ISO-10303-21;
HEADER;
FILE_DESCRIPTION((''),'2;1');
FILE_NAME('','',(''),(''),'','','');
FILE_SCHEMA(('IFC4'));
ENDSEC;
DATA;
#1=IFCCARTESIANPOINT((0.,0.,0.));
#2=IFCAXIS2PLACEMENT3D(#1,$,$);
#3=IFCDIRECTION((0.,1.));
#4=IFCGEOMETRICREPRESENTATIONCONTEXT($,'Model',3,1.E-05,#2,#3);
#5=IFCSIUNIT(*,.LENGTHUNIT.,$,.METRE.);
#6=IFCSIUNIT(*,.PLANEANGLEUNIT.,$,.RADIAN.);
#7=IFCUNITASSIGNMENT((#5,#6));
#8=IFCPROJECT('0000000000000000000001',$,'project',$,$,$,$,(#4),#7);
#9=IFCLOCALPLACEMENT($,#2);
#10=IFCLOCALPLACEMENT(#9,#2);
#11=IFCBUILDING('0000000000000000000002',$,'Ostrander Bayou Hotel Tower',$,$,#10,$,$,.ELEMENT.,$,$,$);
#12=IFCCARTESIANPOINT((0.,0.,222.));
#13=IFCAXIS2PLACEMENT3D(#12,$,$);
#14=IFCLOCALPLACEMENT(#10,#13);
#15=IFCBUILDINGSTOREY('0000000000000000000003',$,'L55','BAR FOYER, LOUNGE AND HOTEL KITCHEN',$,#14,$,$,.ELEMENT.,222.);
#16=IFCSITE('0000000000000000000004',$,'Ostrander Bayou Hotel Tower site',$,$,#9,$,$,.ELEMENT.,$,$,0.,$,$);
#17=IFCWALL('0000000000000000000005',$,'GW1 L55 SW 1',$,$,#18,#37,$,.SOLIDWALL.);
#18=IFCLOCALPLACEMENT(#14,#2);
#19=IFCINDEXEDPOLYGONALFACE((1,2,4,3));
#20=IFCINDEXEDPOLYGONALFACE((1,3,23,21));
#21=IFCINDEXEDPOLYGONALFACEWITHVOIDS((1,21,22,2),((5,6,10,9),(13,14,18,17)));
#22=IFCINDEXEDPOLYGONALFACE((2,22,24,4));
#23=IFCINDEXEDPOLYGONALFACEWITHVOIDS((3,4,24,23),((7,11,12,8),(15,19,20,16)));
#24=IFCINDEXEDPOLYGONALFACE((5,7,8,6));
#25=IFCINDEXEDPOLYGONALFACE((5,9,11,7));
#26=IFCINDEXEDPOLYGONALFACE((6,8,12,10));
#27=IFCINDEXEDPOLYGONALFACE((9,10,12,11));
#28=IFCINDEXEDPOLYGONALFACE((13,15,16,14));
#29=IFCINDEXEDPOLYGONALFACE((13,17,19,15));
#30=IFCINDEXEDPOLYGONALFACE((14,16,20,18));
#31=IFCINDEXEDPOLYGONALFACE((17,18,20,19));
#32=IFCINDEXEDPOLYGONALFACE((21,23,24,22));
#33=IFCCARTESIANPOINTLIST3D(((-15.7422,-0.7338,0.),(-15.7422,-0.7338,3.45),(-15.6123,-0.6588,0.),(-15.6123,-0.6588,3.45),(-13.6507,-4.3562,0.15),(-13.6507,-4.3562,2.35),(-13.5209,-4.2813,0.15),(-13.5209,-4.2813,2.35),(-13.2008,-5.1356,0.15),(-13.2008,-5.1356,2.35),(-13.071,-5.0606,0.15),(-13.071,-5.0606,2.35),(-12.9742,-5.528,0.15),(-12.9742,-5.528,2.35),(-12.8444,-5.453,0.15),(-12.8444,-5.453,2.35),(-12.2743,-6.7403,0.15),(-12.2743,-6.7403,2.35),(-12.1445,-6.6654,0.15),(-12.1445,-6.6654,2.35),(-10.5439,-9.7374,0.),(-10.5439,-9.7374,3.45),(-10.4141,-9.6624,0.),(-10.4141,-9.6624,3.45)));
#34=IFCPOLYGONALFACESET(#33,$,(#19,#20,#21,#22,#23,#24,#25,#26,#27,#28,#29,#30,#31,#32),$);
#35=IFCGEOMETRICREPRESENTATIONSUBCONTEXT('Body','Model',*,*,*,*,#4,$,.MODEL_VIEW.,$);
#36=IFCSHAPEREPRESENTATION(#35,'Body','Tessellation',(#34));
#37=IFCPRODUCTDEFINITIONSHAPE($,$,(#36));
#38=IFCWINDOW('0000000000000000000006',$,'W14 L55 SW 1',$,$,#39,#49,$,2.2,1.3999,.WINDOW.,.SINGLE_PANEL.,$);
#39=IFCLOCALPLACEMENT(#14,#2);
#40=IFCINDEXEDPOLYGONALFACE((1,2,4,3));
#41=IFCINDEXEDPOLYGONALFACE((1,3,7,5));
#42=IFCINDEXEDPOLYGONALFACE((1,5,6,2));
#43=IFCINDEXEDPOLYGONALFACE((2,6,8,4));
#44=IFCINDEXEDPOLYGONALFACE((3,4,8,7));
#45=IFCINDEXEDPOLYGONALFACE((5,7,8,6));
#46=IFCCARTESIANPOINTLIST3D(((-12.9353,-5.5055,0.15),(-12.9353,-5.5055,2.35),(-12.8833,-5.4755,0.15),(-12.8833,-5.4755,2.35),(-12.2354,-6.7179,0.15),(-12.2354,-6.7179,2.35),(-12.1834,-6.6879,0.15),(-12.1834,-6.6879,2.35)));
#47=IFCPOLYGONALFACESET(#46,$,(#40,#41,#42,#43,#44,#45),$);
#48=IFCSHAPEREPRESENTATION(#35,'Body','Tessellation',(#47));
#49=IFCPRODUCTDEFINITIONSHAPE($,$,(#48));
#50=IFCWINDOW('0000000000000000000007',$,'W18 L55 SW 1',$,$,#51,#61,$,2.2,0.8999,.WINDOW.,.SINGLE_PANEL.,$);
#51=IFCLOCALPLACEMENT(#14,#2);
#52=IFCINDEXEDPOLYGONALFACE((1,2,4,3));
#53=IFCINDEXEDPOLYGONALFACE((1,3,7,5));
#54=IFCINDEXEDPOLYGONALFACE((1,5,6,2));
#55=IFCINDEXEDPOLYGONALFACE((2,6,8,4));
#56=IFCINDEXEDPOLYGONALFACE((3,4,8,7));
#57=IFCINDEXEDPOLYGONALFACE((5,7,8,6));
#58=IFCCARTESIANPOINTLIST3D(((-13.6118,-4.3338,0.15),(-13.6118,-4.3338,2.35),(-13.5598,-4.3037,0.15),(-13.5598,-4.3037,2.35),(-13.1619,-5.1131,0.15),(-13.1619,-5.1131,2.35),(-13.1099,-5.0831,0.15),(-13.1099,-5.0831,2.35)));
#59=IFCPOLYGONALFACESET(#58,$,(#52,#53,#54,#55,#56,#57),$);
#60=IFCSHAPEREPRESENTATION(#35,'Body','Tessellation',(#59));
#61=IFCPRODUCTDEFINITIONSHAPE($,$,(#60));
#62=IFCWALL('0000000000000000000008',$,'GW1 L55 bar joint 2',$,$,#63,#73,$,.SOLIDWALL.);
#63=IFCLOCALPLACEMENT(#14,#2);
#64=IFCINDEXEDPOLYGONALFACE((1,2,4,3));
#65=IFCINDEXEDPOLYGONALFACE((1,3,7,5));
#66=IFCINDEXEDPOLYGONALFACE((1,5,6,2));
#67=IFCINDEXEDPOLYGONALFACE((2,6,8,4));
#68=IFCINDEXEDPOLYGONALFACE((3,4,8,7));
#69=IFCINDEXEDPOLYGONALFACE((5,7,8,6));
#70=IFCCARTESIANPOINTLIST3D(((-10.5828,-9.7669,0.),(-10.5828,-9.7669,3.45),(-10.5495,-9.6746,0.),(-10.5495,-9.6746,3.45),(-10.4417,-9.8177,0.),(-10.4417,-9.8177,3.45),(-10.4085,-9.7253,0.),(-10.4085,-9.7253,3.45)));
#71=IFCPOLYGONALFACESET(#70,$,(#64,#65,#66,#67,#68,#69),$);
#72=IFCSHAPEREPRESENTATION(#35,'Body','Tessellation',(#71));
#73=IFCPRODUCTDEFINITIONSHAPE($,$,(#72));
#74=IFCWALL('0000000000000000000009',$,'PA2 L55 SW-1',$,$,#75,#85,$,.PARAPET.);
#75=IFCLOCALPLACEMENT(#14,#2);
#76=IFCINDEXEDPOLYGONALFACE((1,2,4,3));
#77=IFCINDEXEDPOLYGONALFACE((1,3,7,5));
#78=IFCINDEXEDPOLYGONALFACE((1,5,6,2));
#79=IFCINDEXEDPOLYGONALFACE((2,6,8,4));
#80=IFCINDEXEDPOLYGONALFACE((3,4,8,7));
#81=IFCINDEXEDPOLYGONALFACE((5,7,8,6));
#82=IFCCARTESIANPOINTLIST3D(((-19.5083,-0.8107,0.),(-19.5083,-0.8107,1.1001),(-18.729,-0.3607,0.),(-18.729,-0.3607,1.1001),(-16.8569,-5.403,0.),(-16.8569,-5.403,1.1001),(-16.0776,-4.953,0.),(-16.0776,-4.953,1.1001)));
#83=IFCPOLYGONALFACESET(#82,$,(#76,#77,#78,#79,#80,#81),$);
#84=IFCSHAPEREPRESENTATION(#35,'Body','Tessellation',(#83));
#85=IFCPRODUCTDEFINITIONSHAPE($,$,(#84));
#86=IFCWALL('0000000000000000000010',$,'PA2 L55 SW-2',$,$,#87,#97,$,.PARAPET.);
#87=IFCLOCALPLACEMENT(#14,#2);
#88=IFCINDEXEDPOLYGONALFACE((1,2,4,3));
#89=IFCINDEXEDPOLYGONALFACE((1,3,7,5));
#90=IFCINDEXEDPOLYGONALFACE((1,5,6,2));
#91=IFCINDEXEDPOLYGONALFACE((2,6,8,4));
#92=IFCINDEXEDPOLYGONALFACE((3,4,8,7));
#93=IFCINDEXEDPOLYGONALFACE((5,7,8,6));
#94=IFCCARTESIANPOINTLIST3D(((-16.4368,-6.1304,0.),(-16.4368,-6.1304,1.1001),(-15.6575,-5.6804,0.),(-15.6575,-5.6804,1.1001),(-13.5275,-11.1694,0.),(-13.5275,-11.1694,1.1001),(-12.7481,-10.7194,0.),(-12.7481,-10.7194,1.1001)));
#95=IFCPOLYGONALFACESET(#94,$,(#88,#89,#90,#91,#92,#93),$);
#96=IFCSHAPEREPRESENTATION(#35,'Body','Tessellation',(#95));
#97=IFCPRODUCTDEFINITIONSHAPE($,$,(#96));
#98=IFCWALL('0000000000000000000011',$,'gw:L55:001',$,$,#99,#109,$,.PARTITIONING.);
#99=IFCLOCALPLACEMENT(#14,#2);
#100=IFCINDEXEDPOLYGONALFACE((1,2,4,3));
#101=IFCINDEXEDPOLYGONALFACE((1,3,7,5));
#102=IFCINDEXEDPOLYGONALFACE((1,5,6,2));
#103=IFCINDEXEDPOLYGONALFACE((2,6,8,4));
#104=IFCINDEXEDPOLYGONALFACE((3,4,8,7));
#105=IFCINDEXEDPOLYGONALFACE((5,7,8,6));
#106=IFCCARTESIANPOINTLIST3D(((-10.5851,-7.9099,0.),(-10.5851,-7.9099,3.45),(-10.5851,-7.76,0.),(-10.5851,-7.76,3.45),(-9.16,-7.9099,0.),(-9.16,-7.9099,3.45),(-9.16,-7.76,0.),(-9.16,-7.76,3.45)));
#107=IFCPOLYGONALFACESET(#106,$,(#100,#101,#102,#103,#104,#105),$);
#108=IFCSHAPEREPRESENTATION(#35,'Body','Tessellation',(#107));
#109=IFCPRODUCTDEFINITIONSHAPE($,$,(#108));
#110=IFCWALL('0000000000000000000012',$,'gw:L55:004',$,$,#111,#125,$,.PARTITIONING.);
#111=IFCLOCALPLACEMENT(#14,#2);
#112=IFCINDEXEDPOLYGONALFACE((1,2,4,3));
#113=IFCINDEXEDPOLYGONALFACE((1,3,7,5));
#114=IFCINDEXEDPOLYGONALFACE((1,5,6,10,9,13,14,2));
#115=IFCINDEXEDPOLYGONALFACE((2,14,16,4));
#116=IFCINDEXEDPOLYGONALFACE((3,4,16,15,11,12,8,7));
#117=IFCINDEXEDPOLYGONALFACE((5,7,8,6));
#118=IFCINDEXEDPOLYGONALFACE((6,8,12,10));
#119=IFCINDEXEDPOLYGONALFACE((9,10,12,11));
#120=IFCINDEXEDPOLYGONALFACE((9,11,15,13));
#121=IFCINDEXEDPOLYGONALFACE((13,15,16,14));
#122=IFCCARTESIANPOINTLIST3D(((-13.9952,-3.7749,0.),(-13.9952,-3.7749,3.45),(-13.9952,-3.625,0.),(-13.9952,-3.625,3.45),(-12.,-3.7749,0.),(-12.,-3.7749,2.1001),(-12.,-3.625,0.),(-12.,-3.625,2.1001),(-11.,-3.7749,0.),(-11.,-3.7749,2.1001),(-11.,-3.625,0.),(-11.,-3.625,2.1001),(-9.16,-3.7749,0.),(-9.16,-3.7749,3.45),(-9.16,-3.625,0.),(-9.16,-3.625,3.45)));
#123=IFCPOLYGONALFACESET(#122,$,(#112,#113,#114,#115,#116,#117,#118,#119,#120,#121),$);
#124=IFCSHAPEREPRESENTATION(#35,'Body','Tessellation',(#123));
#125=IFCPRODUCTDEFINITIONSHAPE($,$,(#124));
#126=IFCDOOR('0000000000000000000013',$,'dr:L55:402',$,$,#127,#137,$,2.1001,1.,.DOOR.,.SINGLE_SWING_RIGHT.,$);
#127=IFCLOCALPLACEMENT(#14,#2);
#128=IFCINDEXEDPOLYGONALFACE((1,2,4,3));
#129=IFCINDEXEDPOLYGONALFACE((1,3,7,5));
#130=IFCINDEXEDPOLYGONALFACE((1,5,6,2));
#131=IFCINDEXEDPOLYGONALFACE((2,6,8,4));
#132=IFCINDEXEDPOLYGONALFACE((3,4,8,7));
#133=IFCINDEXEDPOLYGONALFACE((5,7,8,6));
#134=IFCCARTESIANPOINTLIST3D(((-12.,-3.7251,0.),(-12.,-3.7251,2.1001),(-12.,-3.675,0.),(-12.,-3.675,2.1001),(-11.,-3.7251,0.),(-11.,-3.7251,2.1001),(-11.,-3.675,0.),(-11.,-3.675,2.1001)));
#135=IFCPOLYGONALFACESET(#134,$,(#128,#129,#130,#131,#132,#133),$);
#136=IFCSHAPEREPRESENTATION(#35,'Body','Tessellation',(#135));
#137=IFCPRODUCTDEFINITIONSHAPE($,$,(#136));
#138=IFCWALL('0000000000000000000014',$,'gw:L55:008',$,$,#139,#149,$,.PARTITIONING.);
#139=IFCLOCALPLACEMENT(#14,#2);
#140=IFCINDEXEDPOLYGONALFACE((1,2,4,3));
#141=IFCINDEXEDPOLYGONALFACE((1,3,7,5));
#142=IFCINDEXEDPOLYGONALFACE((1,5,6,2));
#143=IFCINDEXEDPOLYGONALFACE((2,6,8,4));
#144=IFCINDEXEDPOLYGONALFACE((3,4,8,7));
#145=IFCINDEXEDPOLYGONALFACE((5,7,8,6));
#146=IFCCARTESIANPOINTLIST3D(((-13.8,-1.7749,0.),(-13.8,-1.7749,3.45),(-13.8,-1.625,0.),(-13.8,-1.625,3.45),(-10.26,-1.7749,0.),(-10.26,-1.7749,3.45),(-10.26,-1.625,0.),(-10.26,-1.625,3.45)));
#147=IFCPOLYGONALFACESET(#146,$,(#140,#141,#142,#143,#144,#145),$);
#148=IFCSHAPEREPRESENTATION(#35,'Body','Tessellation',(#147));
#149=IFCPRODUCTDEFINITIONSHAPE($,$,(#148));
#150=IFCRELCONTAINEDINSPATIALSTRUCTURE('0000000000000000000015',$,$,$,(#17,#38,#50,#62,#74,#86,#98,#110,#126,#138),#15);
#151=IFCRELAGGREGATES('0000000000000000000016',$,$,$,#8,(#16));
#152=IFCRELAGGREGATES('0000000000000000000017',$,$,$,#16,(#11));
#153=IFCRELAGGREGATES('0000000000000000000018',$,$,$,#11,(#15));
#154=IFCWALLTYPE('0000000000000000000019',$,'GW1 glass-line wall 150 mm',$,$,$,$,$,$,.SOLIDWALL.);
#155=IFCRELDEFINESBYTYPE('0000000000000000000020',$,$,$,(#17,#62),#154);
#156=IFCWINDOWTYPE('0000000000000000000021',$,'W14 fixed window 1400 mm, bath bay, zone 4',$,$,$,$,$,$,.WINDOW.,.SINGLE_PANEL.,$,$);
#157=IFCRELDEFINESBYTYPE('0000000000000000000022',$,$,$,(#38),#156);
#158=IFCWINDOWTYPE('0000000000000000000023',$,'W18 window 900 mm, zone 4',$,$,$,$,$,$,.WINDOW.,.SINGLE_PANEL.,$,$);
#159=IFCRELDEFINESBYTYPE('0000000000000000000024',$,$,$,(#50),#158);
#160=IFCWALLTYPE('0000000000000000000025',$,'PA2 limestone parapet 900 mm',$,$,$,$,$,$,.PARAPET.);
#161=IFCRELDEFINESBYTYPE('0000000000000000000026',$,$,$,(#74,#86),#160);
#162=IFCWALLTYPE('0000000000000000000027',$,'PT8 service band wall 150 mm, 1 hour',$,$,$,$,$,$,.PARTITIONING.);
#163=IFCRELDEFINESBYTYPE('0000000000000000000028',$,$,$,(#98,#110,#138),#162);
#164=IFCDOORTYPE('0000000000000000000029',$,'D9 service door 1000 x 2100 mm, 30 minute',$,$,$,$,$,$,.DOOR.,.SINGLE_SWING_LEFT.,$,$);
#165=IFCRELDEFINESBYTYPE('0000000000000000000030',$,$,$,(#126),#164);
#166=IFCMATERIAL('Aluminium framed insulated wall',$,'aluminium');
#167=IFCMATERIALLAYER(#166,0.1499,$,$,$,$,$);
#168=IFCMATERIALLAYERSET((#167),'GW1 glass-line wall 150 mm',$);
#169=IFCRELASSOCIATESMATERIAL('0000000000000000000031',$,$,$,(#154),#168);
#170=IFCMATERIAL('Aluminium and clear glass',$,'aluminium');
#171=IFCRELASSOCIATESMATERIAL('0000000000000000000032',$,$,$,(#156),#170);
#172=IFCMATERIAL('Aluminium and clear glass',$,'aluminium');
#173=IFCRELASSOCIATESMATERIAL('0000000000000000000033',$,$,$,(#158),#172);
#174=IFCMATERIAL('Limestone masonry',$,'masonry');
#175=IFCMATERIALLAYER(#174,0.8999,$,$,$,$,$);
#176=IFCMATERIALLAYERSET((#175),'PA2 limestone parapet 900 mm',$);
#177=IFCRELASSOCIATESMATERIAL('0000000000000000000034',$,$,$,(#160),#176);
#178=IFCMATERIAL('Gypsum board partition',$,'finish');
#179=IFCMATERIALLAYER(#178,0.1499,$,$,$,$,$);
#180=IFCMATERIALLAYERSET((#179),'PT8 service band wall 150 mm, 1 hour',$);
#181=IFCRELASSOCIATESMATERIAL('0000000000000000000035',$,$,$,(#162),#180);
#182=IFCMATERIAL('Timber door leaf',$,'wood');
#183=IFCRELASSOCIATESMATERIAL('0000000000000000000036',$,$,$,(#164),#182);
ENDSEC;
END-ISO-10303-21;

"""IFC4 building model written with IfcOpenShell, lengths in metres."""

from ifc_helpers import new_model, si_unit, direction, frame, frame_2d, origin, place, context, subcontext, project, spatial, rectangle, extrude, material, layer, layer_set, type_object, element, fill, save


model = new_model("IFC4")

# Units and contexts
model_context = context("Model", 3, precision=1e-05, world=origin(), true_north=direction((0.0, 1.0)))
body_context = subcontext(model_context, "Body", "Model", "MODEL_VIEW")
ifc_project = project(units=[si_unit("LENGTHUNIT", "METRE"), si_unit("PLANEANGLEUNIT", "RADIAN")], contexts=[model_context])

# Site, building, storey
site_placement = place(None, origin())
site = spatial("IfcSite", under=ifc_project, at=site_placement, Name="Ostrander Bayou Hotel Tower site", CompositionType="ELEMENT", RefElevation=0.0)
building_placement = place(site_placement, origin())
building = spatial("IfcBuilding", under=site, at=building_placement, Name="Ostrander Bayou Hotel Tower", CompositionType="ELEMENT")
storey_placement = place(building_placement, frame((0.0, 0.0, 222.0)))
storey = spatial("IfcBuildingStorey", under=building, at=storey_placement, Name="L55", Description="BAR FOYER, LOUNGE AND HOTEL KITCHEN", CompositionType="ELEMENT", Elevation=222.0)

# Wall, openings, windows
ifc_material_1 = material(Name="Aluminium framed insulated wall", Category="aluminium")
ifc_layer_1 = layer(ifc_material_1, 0.1499)
ifc_layer_set_1 = layer_set([ifc_layer_1], Name="GW1 glass-line wall 150 mm")
wall_type_1 = type_object("IfcWallType", Name="GW1 glass-line wall 150 mm", PredefinedType="SOLIDWALL", material=ifc_layer_set_1)
wall_1_placement = place(storey_placement, frame((-15.6772, -0.6963, 0.0), z_axis=(0.0, 0.0, 1.0), x_axis=(0.499998, -0.866026, 0.0)))
wall_1 = element("IfcWall", 1, at=wall_1_placement, inside=storey, type_object=wall_type_1, Name="GW1 L55 SW 1", PredefinedType="SOLIDWALL", context=body_context, shape_type="SweptSolid", body=[
    extrude(rectangle(XDim=10.3965, YDim=0.1499, at=frame_2d((5.1982, 0.0))), origin(), (0.0, 0.0, 1.0), 3.45),
])
opening_1_placement = place(wall_1_placement, frame((4.1829, 0.0, 0.1499)))
opening_1 = element("IfcOpeningElement", 2, at=opening_1_placement, cuts=wall_1, PredefinedType="OPENING", context=body_context, shape_type="SweptSolid", body=[
    extrude(rectangle(XDim=0.8999, YDim=2.2, at=frame_2d((0.45, 1.1001))), frame((0.0, 0.075, 0.0), z_axis=(0.0, -1.0, 0.0), x_axis=(1.0, 0.0, 0.0)), (0.0, 0.0, 1.0), 0.1499),
])
opening_2_placement = place(wall_1_placement, frame((5.5359, 0.0, 0.1499)))
opening_2 = element("IfcOpeningElement", 3, at=opening_2_placement, cuts=wall_1, PredefinedType="OPENING", context=body_context, shape_type="SweptSolid", body=[
    extrude(rectangle(XDim=1.3999, YDim=2.2, at=frame_2d((0.7, 1.1001))), frame((0.0, 0.075, 0.0), z_axis=(0.0, -1.0, 0.0), x_axis=(1.0, 0.0, 0.0)), (0.0, 0.0, 1.0), 0.1499),
])
ifc_material_2 = material(Name="Aluminium and clear glass", Category="aluminium")
window_type_1 = type_object("IfcWindowType", Name="W14 fixed window 1400 mm, bath bay, zone 4", PartitioningType="SINGLE_PANEL", PredefinedType="WINDOW", material=ifc_material_2)
window_1_placement = place(opening_2_placement, origin())
window_1 = element("IfcWindow", 4, at=window_1_placement, inside=storey, type_object=window_type_1, Name="W14 L55 SW 1", OverallHeight=2.2, OverallWidth=1.3999, PartitioningType="SINGLE_PANEL", PredefinedType="WINDOW", context=body_context, shape_type="SweptSolid", body=[
    extrude(rectangle(XDim=1.3999, YDim=2.2, at=frame_2d((0.7, 1.1001))), frame((0.0, 0.03, 0.0), z_axis=(0.0, -1.0, 0.0), x_axis=(1.0, 0.0, 0.0)), (0.0, 0.0, 1.0), 0.0601),
])
fill(opening_2, window_1)
ifc_material_3 = material(Name="Aluminium and clear glass", Category="aluminium")
window_type_2 = type_object("IfcWindowType", Name="W18 window 900 mm, zone 4", PartitioningType="SINGLE_PANEL", PredefinedType="WINDOW", material=ifc_material_3)
window_2_placement = place(opening_1_placement, origin())
window_2 = element("IfcWindow", 5, at=window_2_placement, inside=storey, type_object=window_type_2, Name="W18 L55 SW 1", OverallHeight=2.2, OverallWidth=0.8999, PartitioningType="SINGLE_PANEL", PredefinedType="WINDOW", context=body_context, shape_type="SweptSolid", body=[
    extrude(rectangle(XDim=0.8999, YDim=2.2, at=frame_2d((0.45, 1.1001))), frame((0.0, 0.03, 0.0), z_axis=(0.0, -1.0, 0.0), x_axis=(1.0, 0.0, 0.0)), (0.0, 0.0, 1.0), 0.0601),
])
fill(opening_1, window_2)

# Walls
wall_2_placement = place(storey_placement, frame((-10.479, -9.7, 0.0), z_axis=(0.0, 0.0, 1.0), x_axis=(-0.338543, -0.940951, 0.0)))
element("IfcWall", 6, at=wall_2_placement, inside=storey, type_object=wall_type_1, Name="GW1 L55 bar joint 2", PredefinedType="SOLIDWALL", context=body_context, shape_type="SweptSolid", body=[
    extrude(rectangle(XDim=0.0981, YDim=0.1499, at=frame_2d((0.0491, 0.0))), origin(), (0.0, 0.0, 1.0), 3.45),
])
ifc_material_4 = material(Name="Limestone masonry", Category="masonry")
ifc_layer_2 = layer(ifc_material_4, 0.8999)
ifc_layer_set_2 = layer_set([ifc_layer_2], Name="PA2 limestone parapet 900 mm")
wall_type_2 = type_object("IfcWallType", Name="PA2 limestone parapet 900 mm", PredefinedType="PARAPET", material=ifc_layer_set_2)
wall_3_placement = place(storey_placement, frame((-19.1187, -0.5857, 0.0), z_axis=(0.0, 0.0, 1.0), x_axis=(0.500001, -0.866025, 0.0)))
element("IfcWall", 7, at=wall_3_placement, inside=storey, type_object=wall_type_2, Name="PA2 L55 SW-1", PredefinedType="PARAPET", context=body_context, shape_type="SweptSolid", body=[
    extrude(rectangle(XDim=5.3027, YDim=0.8999, at=frame_2d((2.6514, 0.0))), origin(), (0.0, 0.0, 1.0), 1.1001),
])
wall_4_placement = place(storey_placement, frame((-16.0471, -5.9055, 0.0), z_axis=(0.0, 0.0, 1.0), x_axis=(0.500015, -0.866016, 0.0)))
element("IfcWall", 8, at=wall_4_placement, inside=storey, type_object=wall_type_2, Name="PA2 L55 SW-2", PredefinedType="PARAPET", context=body_context, shape_type="SweptSolid", body=[
    extrude(rectangle(XDim=5.8186, YDim=0.8999, at=frame_2d((2.9092, 0.0))), origin(), (0.0, 0.0, 1.0), 1.1001),
])
ifc_material_5 = material(Name="Gypsum board partition", Category="finish")
ifc_layer_3 = layer(ifc_material_5, 0.1499)
ifc_layer_set_3 = layer_set([ifc_layer_3], Name="PT8 service band wall 150 mm, 1 hour")
wall_type_3 = type_object("IfcWallType", Name="PT8 service band wall 150 mm, 1 hour", PredefinedType="PARTITIONING", material=ifc_layer_set_3)
wall_5_placement = place(storey_placement, frame((-10.585, -7.835, 0.0), z_axis=(0.0, 0.0, 1.0), x_axis=(1.0, 0.0, 0.0)))
element("IfcWall", 9, at=wall_5_placement, inside=storey, type_object=wall_type_3, Name="gw:L55:001", PredefinedType="PARTITIONING", context=body_context, shape_type="SweptSolid", body=[
    extrude(rectangle(XDim=1.425, YDim=0.1499, at=frame_2d((0.7124, 0.0))), origin(), (0.0, 0.0, 1.0), 3.45),
])

# Wall, opening, door
wall_6_placement = place(storey_placement, frame((-13.9951, -3.7, 0.0), z_axis=(0.0, 0.0, 1.0), x_axis=(1.0, 0.0, 0.0)))
wall_6 = element("IfcWall", 10, at=wall_6_placement, inside=storey, type_object=wall_type_3, Name="gw:L55:004", PredefinedType="PARTITIONING", context=body_context, shape_type="SweptSolid", body=[
    extrude(rectangle(XDim=4.8352, YDim=0.1499, at=frame_2d((2.4175, 0.0))), origin(), (0.0, 0.0, 1.0), 3.45),
])
opening_3_placement = place(wall_6_placement, frame((1.9951, 0.0, 0.0)))
opening_3 = element("IfcOpeningElement", 11, at=opening_3_placement, cuts=wall_6, PredefinedType="OPENING", context=body_context, shape_type="SweptSolid", body=[
    extrude(rectangle(XDim=1.0, YDim=2.1001, at=frame_2d((0.5, 1.05))), frame((0.0, 0.075, 0.0), z_axis=(0.0, -1.0, 0.0), x_axis=(1.0, 0.0, 0.0)), (0.0, 0.0, 1.0), 0.1499),
])
ifc_material_6 = material(Name="Timber door leaf", Category="wood")
door_type_1 = type_object("IfcDoorType", Name="D9 service door 1000 x 2100 mm, 30 minute", OperationType="SINGLE_SWING_LEFT", PredefinedType="DOOR", material=ifc_material_6)
door_1_placement = place(opening_3_placement, origin())
door_1 = element("IfcDoor", 12, at=door_1_placement, inside=storey, type_object=door_type_1, Name="dr:L55:402", OperationType="SINGLE_SWING_RIGHT", OverallHeight=2.1001, OverallWidth=1.0, PredefinedType="DOOR", context=body_context, shape_type="SweptSolid", body=[
    extrude(rectangle(XDim=1.0, YDim=2.1001, at=frame_2d((0.5, 1.05))), frame((0.0, 0.0249, 0.0), z_axis=(0.0, -1.0, 0.0), x_axis=(1.0, 0.0, 0.0)), (0.0, 0.0, 1.0), 0.05),
])
fill(opening_3, door_1)

# Wall
wall_7_placement = place(storey_placement, frame((-13.8, -1.7, 0.0), z_axis=(0.0, 0.0, 1.0), x_axis=(1.0, 0.0, 0.0)))
element("IfcWall", 13, at=wall_7_placement, inside=storey, type_object=wall_type_3, Name="gw:L55:008", PredefinedType="PARTITIONING", context=body_context, shape_type="SweptSolid", body=[
    extrude(rectangle(XDim=3.54, YDim=0.1499, at=frame_2d((1.77, 0.0))), origin(), (0.0, 0.0, 1.0), 3.45),
])

save(model, "model.ifc")
